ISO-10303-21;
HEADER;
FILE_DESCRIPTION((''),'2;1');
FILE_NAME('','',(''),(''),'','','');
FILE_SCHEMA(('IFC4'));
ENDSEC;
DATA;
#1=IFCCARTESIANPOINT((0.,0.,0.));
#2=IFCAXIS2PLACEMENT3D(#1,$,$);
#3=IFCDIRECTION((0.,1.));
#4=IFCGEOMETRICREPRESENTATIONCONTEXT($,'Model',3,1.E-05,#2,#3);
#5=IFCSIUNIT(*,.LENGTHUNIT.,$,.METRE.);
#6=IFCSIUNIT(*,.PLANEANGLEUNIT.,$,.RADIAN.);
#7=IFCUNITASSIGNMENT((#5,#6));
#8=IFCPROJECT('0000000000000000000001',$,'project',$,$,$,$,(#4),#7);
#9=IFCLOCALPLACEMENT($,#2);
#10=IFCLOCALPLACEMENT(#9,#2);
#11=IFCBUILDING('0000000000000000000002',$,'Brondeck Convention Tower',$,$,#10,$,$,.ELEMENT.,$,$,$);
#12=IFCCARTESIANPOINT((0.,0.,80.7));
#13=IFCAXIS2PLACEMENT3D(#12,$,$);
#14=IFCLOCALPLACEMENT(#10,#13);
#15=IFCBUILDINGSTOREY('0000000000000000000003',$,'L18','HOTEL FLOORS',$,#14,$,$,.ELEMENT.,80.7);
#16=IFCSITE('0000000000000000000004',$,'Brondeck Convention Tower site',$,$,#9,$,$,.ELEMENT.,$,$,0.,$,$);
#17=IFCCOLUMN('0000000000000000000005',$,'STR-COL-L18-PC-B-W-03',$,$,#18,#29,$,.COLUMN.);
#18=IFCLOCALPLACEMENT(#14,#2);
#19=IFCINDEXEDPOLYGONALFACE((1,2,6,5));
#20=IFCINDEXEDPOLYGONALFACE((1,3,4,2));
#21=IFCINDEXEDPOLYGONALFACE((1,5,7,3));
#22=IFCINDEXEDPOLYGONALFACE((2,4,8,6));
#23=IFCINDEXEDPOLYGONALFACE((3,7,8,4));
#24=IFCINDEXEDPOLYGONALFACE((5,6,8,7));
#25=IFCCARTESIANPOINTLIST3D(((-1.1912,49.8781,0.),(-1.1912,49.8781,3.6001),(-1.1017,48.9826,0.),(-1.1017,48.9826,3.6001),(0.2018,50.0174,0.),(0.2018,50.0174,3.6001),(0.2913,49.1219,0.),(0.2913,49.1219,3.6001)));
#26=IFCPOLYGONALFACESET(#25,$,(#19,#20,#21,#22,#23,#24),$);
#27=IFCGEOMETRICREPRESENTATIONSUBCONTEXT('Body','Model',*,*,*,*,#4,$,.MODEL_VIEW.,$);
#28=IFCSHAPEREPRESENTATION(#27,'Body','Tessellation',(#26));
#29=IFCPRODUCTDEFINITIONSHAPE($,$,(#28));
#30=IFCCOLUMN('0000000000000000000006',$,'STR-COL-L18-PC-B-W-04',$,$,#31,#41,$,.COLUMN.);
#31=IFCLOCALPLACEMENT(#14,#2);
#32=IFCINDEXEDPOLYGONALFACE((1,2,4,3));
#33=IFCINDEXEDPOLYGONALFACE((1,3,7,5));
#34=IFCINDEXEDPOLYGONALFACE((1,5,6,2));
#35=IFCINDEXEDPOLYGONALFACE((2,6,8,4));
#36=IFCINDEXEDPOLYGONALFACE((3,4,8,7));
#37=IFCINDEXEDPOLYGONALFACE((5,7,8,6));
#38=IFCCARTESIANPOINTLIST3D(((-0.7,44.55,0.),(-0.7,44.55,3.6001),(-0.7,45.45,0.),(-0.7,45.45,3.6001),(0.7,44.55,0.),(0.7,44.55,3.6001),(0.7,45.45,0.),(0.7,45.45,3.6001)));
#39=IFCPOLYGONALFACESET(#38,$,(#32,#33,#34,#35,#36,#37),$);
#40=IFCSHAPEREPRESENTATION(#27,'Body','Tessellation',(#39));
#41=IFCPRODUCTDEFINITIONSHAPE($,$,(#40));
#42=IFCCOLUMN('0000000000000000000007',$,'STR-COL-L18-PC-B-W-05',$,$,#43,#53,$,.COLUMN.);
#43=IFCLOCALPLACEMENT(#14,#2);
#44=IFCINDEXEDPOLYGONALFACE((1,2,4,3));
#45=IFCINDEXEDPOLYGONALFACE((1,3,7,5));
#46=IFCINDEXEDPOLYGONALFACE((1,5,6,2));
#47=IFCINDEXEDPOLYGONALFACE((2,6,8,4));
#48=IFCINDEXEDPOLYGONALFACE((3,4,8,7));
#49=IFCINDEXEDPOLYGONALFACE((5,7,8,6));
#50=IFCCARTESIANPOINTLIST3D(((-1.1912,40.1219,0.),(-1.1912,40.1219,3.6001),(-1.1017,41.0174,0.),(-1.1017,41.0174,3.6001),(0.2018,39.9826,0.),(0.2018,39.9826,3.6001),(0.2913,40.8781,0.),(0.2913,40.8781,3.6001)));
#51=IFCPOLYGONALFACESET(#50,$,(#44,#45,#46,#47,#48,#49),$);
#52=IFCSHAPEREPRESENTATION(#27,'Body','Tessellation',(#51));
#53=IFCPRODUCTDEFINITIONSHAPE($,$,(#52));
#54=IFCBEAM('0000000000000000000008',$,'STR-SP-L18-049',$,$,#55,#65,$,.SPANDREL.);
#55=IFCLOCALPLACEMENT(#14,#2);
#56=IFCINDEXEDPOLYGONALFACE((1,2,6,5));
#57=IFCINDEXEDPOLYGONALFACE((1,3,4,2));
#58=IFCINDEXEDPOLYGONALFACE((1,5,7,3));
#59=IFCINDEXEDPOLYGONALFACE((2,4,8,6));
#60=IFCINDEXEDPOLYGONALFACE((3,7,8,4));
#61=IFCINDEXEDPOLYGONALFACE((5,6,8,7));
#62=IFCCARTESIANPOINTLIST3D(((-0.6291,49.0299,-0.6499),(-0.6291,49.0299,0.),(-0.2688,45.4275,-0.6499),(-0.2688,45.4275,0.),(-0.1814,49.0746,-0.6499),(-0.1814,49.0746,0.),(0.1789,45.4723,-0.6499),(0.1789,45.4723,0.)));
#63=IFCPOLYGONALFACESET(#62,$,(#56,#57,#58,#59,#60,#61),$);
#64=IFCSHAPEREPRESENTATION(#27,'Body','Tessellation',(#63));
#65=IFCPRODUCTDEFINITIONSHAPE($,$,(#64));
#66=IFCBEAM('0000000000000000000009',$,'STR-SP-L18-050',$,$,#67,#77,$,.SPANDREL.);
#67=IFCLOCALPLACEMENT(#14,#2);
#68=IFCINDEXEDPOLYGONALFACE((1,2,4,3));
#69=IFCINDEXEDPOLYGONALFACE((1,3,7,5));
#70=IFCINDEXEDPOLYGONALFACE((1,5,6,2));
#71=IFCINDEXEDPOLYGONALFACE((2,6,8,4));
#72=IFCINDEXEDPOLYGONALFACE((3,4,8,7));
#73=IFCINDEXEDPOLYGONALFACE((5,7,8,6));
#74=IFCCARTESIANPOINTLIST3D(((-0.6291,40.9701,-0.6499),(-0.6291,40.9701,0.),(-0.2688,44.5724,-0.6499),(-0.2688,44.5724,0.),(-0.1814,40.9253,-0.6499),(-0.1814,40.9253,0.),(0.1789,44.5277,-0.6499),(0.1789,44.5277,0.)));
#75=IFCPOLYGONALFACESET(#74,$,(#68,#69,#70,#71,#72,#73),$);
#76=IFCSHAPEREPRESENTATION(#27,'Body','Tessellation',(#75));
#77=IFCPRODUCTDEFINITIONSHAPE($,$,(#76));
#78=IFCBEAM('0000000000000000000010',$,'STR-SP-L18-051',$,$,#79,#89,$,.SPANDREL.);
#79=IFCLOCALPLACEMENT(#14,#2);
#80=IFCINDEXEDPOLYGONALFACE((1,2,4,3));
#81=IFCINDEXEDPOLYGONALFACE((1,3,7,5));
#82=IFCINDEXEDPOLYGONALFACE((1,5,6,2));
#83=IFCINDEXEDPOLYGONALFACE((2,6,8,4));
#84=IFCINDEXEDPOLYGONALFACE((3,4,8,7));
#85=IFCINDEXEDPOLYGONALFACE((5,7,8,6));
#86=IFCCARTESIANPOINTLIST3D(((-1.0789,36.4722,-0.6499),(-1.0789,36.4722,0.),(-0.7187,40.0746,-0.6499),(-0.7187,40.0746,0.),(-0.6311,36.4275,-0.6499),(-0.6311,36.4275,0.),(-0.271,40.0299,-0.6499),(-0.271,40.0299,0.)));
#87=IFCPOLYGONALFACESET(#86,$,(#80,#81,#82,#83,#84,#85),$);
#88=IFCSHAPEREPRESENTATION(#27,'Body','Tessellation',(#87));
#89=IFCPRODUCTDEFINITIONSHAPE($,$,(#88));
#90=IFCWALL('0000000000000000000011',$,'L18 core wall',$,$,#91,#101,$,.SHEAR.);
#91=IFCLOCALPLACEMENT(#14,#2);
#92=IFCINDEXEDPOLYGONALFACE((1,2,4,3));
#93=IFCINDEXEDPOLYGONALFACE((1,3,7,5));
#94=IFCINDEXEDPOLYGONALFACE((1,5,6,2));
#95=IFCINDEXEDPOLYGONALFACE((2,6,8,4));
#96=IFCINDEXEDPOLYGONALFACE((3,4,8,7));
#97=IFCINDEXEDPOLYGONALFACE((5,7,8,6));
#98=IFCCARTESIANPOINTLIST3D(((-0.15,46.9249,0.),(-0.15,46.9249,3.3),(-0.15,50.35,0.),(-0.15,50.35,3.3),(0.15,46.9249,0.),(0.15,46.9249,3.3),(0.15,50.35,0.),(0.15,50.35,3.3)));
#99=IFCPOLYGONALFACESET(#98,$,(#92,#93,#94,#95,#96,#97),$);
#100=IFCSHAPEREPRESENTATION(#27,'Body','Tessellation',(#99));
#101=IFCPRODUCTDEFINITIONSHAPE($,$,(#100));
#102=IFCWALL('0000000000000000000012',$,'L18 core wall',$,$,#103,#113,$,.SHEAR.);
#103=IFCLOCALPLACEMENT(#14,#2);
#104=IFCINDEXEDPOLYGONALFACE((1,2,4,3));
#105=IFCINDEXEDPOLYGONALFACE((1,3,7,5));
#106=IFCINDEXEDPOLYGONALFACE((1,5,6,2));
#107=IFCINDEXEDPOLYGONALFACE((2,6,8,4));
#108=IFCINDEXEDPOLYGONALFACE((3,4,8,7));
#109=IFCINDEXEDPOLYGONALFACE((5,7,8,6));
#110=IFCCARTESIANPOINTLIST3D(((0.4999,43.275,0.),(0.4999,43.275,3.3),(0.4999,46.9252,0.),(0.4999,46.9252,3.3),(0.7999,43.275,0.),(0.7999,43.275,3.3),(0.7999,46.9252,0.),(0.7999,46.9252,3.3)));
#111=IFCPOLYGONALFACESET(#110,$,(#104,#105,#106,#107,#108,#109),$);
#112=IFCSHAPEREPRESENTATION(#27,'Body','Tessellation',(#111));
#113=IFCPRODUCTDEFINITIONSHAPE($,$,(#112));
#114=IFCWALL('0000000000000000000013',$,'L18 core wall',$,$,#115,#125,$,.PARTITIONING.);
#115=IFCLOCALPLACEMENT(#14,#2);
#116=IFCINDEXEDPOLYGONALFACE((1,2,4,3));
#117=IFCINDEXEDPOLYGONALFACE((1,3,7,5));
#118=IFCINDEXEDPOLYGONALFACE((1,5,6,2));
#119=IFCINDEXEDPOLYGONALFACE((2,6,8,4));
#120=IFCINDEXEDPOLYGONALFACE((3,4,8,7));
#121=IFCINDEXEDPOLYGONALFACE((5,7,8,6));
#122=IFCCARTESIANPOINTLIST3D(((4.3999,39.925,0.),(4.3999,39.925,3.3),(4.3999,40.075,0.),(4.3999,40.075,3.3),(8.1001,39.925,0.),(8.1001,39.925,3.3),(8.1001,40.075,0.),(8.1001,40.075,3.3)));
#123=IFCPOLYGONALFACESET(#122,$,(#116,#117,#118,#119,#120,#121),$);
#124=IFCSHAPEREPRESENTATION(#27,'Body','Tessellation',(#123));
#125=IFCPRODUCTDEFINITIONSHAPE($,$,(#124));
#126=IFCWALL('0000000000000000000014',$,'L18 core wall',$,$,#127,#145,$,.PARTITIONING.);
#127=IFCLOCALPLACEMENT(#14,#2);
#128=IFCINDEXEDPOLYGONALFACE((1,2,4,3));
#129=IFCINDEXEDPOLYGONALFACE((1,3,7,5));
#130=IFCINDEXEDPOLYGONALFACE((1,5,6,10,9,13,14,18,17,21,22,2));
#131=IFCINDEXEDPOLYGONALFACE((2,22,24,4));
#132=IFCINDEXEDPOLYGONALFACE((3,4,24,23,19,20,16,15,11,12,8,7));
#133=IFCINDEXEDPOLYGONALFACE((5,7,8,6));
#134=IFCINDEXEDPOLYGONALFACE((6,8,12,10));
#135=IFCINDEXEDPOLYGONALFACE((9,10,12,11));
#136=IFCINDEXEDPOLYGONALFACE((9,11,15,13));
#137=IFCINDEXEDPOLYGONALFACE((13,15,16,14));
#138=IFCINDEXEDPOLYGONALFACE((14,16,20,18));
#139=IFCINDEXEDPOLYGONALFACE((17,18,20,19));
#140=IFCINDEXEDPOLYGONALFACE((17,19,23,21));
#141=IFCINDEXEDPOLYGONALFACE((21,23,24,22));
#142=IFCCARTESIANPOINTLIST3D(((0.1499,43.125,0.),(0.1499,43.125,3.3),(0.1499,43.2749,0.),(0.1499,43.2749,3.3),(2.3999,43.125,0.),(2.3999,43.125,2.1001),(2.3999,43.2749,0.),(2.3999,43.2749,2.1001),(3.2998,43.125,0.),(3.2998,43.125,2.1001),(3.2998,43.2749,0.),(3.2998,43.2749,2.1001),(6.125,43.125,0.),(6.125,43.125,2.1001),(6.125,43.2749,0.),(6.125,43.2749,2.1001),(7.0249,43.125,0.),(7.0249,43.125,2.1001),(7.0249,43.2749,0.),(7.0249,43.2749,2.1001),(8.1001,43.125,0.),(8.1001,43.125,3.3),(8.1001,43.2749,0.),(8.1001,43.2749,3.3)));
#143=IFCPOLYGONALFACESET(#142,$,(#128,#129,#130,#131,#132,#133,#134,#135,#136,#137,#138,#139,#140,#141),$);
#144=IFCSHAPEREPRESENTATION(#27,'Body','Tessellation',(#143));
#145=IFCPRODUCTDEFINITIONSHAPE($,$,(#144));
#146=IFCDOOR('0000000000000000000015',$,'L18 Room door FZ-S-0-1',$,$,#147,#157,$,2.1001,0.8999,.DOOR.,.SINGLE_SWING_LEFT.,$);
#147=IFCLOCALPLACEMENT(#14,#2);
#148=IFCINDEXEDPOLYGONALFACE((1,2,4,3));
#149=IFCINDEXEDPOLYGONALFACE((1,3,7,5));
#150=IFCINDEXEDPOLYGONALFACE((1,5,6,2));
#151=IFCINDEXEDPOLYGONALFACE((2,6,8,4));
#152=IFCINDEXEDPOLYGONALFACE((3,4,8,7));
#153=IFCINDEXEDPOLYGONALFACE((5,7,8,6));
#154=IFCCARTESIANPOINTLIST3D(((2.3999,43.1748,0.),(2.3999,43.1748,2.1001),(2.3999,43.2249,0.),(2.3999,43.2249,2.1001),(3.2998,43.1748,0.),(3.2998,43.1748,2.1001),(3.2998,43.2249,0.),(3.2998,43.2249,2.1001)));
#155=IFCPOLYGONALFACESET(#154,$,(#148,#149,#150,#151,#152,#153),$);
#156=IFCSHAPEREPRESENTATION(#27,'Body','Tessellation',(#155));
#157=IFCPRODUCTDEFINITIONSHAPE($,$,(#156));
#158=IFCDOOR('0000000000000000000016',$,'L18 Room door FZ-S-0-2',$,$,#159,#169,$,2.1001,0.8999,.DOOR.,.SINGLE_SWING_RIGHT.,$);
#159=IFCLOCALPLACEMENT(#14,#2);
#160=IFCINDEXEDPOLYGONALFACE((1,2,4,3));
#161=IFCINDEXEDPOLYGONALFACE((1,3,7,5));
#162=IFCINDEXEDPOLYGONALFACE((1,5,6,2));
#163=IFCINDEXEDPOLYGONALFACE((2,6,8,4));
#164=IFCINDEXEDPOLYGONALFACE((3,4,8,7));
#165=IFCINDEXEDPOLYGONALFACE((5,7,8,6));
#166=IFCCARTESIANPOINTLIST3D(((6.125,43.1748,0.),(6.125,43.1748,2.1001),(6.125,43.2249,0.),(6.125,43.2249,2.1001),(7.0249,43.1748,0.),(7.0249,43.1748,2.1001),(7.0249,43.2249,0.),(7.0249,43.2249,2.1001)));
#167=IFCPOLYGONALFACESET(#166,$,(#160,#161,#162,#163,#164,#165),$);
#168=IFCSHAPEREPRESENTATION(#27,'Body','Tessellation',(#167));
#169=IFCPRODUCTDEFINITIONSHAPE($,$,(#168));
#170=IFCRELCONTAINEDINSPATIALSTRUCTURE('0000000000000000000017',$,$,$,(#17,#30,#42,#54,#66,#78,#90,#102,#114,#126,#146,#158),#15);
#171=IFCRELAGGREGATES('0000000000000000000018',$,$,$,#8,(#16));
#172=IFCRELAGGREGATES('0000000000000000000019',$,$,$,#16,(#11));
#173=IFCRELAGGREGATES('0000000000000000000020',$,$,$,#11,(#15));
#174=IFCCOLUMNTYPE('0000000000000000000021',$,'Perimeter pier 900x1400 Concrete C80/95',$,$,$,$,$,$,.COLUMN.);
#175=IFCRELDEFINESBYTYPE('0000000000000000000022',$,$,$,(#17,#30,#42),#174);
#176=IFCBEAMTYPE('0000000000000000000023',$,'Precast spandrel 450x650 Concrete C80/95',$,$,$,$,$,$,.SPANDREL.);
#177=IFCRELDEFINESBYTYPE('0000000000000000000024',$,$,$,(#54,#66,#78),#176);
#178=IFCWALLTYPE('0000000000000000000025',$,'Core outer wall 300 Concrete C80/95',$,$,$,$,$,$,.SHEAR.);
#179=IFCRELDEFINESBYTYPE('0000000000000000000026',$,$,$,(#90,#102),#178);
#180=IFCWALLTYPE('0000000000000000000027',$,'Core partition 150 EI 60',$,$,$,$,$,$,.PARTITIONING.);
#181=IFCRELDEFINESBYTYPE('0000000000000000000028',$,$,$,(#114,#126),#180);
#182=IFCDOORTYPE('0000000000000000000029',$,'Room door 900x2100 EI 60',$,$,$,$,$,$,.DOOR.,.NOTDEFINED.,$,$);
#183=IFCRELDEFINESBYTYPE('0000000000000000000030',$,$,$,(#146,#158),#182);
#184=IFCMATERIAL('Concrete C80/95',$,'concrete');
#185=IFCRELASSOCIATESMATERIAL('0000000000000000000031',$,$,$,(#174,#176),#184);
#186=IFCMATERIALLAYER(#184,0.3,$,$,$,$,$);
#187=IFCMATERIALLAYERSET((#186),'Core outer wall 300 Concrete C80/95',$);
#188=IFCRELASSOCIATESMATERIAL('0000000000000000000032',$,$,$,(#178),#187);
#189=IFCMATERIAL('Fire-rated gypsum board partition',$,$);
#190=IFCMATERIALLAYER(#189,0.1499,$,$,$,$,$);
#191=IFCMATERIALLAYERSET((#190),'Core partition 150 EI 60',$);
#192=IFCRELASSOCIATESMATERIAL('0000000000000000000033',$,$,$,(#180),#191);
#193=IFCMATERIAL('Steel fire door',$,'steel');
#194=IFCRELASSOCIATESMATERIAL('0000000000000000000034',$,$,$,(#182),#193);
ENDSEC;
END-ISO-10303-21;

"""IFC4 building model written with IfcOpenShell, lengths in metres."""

from ifc_helpers import new_model, si_unit, direction, frame, frame_2d, origin, origin_2d, place, context, subcontext, project, spatial, rectangle, extrude, material, layer, layer_set, material_profile, profile_set, type_object, element, fill, save


model = new_model("IFC4")

# Units and contexts
model_context = context("Model", 3, precision=1e-05, world=origin(), true_north=direction((0.0, 1.0)))
body_context = subcontext(model_context, "Body", "Model", "MODEL_VIEW")
ifc_project = project(units=[si_unit("LENGTHUNIT", "METRE"), si_unit("PLANEANGLEUNIT", "RADIAN")], contexts=[model_context])

# Site, building, storey
site_placement = place(None, origin())
site = spatial("IfcSite", under=ifc_project, at=site_placement, Name="Brondeck Convention Tower site", CompositionType="ELEMENT", RefElevation=0.0)
building_placement = place(site_placement, origin())
building = spatial("IfcBuilding", under=site, at=building_placement, Name="Brondeck Convention Tower", CompositionType="ELEMENT")
storey_placement = place(building_placement, frame((0.0, 0.0, 80.7)))
storey = spatial("IfcBuildingStorey", under=building, at=storey_placement, Name="L18", Description="HOTEL FLOORS", CompositionType="ELEMENT", Elevation=80.7)

# Columns
ifc_material_1 = material(Name="Concrete C80/95", Category="concrete")
ifc_material_profile_1 = material_profile(ifc_material_1, rectangle(XDim=0.8999, YDim=1.3999, at=origin_2d()), Name="Perimeter pier 900x1400 Concrete C80/95")
ifc_profile_set_1 = profile_set([ifc_material_profile_1], Name="Concrete C80/95")
column_type = type_object("IfcColumnType", Name="Perimeter pier 900x1400 Concrete C80/95", PredefinedType="COLUMN", material=ifc_profile_set_1)
for number, where, z_axis, x_axis, name in (
    (1, (-0.45, 49.5, 0.0), (0.0, 0.0, 1.0), (0.099504, -0.995037, 0.0), "STR-COL-L18-PC-B-W-03"),
    (2, (0.0, 45.0, 0.0), (0.0, 0.0, 1.0), (0.0, -1.0, 0.0), "STR-COL-L18-PC-B-W-04"),
    (3, (-0.45, 40.5, 0.0), (0.0, 0.0, 1.0), (-0.099504, -0.995037, 0.0), "STR-COL-L18-PC-B-W-05"),
):
    element("IfcColumn", number, at=place(storey_placement, frame(where, z_axis=z_axis, x_axis=x_axis)), inside=storey, type_object=column_type, Name=name, PredefinedType="COLUMN", context=body_context, shape_type="SweptSolid", body=[
        extrude(rectangle(XDim=0.8999, YDim=1.3999, at=origin_2d()), origin(), (0.0, 0.0, 1.0), 3.6001),
    ])

# Beams
ifc_material_profile_2 = material_profile(ifc_material_1, rectangle(XDim=0.45, YDim=0.6499, at=origin_2d()), Name="Precast spandrel 450x650 Concrete C80/95")
ifc_profile_set_2 = profile_set([ifc_material_profile_2], Name="Concrete C80/95")
beam_type = type_object("IfcBeamType", Name="Precast spandrel 450x650 Concrete C80/95", PredefinedType="SPANDREL", material=ifc_profile_set_2)
for number, where, z_axis, x_axis, name in (
    (4, (-0.4053, 49.0522, -0.325), (0.099537, -0.995034, 0.0), (0.995034, 0.099537, 0.0), "STR-SP-L18-049"),
    (5, (-0.0449, 44.55, -0.325), (-0.099537, -0.995034, 0.0), (0.995034, -0.099537, 0.0), "STR-SP-L18-050"),
    (6, (-0.4949, 40.0522, -0.325), (-0.09947, -0.995041, 0.0), (0.995041, -0.09947, 0.0), "STR-SP-L18-051"),
):
    element("IfcBeam", number, at=place(storey_placement, frame(where, z_axis=z_axis, x_axis=x_axis)), inside=storey, type_object=beam_type, Name=name, PredefinedType="SPANDREL", context=body_context, shape_type="SweptSolid", body=[
        extrude(rectangle(XDim=0.45, YDim=0.6499, at=origin_2d()), origin(), (0.0, 0.0, 1.0), 3.6204),
    ])

# Walls
ifc_layer_1 = layer(ifc_material_1, 0.3)
ifc_layer_set_1 = layer_set([ifc_layer_1], Name="Core outer wall 300 Concrete C80/95")
wall_type_1 = type_object("IfcWallType", Name="Core outer wall 300 Concrete C80/95", PredefinedType="SHEAR", material=ifc_layer_set_1)
wall_1_placement = place(storey_placement, frame((0.0, 46.925, 0.0), z_axis=(0.0, 0.0, 1.0), x_axis=(0.0, 1.0, 0.0)))
element("IfcWall", 7, at=wall_1_placement, inside=storey, type_object=wall_type_1, Name="L18 core wall", PredefinedType="SHEAR", context=body_context, shape_type="SweptSolid", body=[
    extrude(rectangle(XDim=3.425, YDim=0.3, at=frame_2d((1.7124, 0.0))), origin(), (0.0, 0.0, 1.0), 3.3),
])
wall_2_placement = place(storey_placement, frame((0.6499, 43.2749, 0.0), z_axis=(0.0, 0.0, 1.0), x_axis=(0.0, 1.0, 0.0)))
element("IfcWall", 8, at=wall_2_placement, inside=storey, type_object=wall_type_1, Name="L18 core wall", PredefinedType="SHEAR", context=body_context, shape_type="SweptSolid", body=[
    extrude(rectangle(XDim=3.6501, YDim=0.3, at=frame_2d((1.8252, 0.0))), origin(), (0.0, 0.0, 1.0), 3.3),
])
ifc_material_2 = material(Name="Fire-rated gypsum board partition")
ifc_layer_2 = layer(ifc_material_2, 0.1499)
ifc_layer_set_2 = layer_set([ifc_layer_2], Name="Core partition 150 EI 60")
wall_type_2 = type_object("IfcWallType", Name="Core partition 150 EI 60", PredefinedType="PARTITIONING", material=ifc_layer_set_2)
wall_3_placement = place(storey_placement, frame((4.3999, 40.0, 0.0), z_axis=(0.0, 0.0, 1.0), x_axis=(1.0, 0.0, 0.0)))
element("IfcWall", 9, at=wall_3_placement, inside=storey, type_object=wall_type_2, Name="L18 core wall", PredefinedType="PARTITIONING", context=body_context, shape_type="SweptSolid", body=[
    extrude(rectangle(XDim=3.7002, YDim=0.1499, at=frame_2d((1.8501, 0.0))), origin(), (0.0, 0.0, 1.0), 3.3),
])

# Wall, openings, doors
wall_4_placement = place(storey_placement, frame((0.1499, 43.2, 0.0), z_axis=(0.0, 0.0, 1.0), x_axis=(1.0, 0.0, 0.0)))
wall_4 = element("IfcWall", 10, at=wall_4_placement, inside=storey, type_object=wall_type_2, Name="L18 core wall", PredefinedType="PARTITIONING", context=body_context, shape_type="SweptSolid", body=[
    extrude(rectangle(XDim=7.9502, YDim=0.1499, at=frame_2d((3.9751, 0.0))), origin(), (0.0, 0.0, 1.0), 3.3),
])
opening_1_placement = place(wall_4_placement, frame((2.25, 0.0, 0.0)))
opening_1 = element("IfcOpeningElement", 11, at=opening_1_placement, cuts=wall_4, PredefinedType="OPENING", context=body_context, shape_type="SweptSolid", body=[
    extrude(rectangle(XDim=0.8999, YDim=2.1001, at=frame_2d((0.45, 1.05))), frame((0.0, 0.085, 0.0), z_axis=(0.0, -1.0, 0.0), x_axis=(1.0, 0.0, 0.0)), (0.0, 0.0, 1.0), 0.1699),
])
opening_2_placement = place(wall_4_placement, frame((5.9751, 0.0, 0.0)))
opening_2 = element("IfcOpeningElement", 12, at=opening_2_placement, cuts=wall_4, PredefinedType="OPENING", context=body_context, shape_type="SweptSolid", body=[
    extrude(rectangle(XDim=0.8999, YDim=2.1001, at=frame_2d((0.45, 1.05))), frame((0.0, 0.085, 0.0), z_axis=(0.0, -1.0, 0.0), x_axis=(1.0, 0.0, 0.0)), (0.0, 0.0, 1.0), 0.1699),
])
ifc_material_3 = material(Name="Steel fire door", Category="steel")
door_type = type_object("IfcDoorType", Name="Room door 900x2100 EI 60", OperationType="NOTDEFINED", PredefinedType="DOOR", material=ifc_material_3)
door_1_placement = place(opening_1_placement, origin())
door_1 = element("IfcDoor", 13, at=door_1_placement, inside=storey, type_object=door_type, Name="L18 Room door FZ-S-0-1", OperationType="SINGLE_SWING_LEFT", OverallHeight=2.1001, OverallWidth=0.8999, PredefinedType="DOOR", context=body_context, shape_type="SweptSolid", body=[
    extrude(rectangle(XDim=0.8999, YDim=2.1001, at=frame_2d((0.45, 1.05))), frame((0.0, 0.0249, 0.0), z_axis=(0.0, -1.0, 0.0), x_axis=(1.0, 0.0, 0.0)), (0.0, 0.0, 1.0), 0.05),
])
fill(opening_1, door_1)
door_2_placement = place(opening_2_placement, origin())
door_2 = element("IfcDoor", 14, at=door_2_placement, inside=storey, type_object=door_type, Name="L18 Room door FZ-S-0-2", OperationType="SINGLE_SWING_RIGHT", OverallHeight=2.1001, OverallWidth=0.8999, PredefinedType="DOOR", context=body_context, shape_type="SweptSolid", body=[
    extrude(rectangle(XDim=0.8999, YDim=2.1001, at=frame_2d((0.45, 1.05))), frame((0.0, 0.0249, 0.0), z_axis=(0.0, -1.0, 0.0), x_axis=(1.0, 0.0, 0.0)), (0.0, 0.0, 1.0), 0.05),
])
fill(opening_2, door_2)

save(model, "model.ifc")
